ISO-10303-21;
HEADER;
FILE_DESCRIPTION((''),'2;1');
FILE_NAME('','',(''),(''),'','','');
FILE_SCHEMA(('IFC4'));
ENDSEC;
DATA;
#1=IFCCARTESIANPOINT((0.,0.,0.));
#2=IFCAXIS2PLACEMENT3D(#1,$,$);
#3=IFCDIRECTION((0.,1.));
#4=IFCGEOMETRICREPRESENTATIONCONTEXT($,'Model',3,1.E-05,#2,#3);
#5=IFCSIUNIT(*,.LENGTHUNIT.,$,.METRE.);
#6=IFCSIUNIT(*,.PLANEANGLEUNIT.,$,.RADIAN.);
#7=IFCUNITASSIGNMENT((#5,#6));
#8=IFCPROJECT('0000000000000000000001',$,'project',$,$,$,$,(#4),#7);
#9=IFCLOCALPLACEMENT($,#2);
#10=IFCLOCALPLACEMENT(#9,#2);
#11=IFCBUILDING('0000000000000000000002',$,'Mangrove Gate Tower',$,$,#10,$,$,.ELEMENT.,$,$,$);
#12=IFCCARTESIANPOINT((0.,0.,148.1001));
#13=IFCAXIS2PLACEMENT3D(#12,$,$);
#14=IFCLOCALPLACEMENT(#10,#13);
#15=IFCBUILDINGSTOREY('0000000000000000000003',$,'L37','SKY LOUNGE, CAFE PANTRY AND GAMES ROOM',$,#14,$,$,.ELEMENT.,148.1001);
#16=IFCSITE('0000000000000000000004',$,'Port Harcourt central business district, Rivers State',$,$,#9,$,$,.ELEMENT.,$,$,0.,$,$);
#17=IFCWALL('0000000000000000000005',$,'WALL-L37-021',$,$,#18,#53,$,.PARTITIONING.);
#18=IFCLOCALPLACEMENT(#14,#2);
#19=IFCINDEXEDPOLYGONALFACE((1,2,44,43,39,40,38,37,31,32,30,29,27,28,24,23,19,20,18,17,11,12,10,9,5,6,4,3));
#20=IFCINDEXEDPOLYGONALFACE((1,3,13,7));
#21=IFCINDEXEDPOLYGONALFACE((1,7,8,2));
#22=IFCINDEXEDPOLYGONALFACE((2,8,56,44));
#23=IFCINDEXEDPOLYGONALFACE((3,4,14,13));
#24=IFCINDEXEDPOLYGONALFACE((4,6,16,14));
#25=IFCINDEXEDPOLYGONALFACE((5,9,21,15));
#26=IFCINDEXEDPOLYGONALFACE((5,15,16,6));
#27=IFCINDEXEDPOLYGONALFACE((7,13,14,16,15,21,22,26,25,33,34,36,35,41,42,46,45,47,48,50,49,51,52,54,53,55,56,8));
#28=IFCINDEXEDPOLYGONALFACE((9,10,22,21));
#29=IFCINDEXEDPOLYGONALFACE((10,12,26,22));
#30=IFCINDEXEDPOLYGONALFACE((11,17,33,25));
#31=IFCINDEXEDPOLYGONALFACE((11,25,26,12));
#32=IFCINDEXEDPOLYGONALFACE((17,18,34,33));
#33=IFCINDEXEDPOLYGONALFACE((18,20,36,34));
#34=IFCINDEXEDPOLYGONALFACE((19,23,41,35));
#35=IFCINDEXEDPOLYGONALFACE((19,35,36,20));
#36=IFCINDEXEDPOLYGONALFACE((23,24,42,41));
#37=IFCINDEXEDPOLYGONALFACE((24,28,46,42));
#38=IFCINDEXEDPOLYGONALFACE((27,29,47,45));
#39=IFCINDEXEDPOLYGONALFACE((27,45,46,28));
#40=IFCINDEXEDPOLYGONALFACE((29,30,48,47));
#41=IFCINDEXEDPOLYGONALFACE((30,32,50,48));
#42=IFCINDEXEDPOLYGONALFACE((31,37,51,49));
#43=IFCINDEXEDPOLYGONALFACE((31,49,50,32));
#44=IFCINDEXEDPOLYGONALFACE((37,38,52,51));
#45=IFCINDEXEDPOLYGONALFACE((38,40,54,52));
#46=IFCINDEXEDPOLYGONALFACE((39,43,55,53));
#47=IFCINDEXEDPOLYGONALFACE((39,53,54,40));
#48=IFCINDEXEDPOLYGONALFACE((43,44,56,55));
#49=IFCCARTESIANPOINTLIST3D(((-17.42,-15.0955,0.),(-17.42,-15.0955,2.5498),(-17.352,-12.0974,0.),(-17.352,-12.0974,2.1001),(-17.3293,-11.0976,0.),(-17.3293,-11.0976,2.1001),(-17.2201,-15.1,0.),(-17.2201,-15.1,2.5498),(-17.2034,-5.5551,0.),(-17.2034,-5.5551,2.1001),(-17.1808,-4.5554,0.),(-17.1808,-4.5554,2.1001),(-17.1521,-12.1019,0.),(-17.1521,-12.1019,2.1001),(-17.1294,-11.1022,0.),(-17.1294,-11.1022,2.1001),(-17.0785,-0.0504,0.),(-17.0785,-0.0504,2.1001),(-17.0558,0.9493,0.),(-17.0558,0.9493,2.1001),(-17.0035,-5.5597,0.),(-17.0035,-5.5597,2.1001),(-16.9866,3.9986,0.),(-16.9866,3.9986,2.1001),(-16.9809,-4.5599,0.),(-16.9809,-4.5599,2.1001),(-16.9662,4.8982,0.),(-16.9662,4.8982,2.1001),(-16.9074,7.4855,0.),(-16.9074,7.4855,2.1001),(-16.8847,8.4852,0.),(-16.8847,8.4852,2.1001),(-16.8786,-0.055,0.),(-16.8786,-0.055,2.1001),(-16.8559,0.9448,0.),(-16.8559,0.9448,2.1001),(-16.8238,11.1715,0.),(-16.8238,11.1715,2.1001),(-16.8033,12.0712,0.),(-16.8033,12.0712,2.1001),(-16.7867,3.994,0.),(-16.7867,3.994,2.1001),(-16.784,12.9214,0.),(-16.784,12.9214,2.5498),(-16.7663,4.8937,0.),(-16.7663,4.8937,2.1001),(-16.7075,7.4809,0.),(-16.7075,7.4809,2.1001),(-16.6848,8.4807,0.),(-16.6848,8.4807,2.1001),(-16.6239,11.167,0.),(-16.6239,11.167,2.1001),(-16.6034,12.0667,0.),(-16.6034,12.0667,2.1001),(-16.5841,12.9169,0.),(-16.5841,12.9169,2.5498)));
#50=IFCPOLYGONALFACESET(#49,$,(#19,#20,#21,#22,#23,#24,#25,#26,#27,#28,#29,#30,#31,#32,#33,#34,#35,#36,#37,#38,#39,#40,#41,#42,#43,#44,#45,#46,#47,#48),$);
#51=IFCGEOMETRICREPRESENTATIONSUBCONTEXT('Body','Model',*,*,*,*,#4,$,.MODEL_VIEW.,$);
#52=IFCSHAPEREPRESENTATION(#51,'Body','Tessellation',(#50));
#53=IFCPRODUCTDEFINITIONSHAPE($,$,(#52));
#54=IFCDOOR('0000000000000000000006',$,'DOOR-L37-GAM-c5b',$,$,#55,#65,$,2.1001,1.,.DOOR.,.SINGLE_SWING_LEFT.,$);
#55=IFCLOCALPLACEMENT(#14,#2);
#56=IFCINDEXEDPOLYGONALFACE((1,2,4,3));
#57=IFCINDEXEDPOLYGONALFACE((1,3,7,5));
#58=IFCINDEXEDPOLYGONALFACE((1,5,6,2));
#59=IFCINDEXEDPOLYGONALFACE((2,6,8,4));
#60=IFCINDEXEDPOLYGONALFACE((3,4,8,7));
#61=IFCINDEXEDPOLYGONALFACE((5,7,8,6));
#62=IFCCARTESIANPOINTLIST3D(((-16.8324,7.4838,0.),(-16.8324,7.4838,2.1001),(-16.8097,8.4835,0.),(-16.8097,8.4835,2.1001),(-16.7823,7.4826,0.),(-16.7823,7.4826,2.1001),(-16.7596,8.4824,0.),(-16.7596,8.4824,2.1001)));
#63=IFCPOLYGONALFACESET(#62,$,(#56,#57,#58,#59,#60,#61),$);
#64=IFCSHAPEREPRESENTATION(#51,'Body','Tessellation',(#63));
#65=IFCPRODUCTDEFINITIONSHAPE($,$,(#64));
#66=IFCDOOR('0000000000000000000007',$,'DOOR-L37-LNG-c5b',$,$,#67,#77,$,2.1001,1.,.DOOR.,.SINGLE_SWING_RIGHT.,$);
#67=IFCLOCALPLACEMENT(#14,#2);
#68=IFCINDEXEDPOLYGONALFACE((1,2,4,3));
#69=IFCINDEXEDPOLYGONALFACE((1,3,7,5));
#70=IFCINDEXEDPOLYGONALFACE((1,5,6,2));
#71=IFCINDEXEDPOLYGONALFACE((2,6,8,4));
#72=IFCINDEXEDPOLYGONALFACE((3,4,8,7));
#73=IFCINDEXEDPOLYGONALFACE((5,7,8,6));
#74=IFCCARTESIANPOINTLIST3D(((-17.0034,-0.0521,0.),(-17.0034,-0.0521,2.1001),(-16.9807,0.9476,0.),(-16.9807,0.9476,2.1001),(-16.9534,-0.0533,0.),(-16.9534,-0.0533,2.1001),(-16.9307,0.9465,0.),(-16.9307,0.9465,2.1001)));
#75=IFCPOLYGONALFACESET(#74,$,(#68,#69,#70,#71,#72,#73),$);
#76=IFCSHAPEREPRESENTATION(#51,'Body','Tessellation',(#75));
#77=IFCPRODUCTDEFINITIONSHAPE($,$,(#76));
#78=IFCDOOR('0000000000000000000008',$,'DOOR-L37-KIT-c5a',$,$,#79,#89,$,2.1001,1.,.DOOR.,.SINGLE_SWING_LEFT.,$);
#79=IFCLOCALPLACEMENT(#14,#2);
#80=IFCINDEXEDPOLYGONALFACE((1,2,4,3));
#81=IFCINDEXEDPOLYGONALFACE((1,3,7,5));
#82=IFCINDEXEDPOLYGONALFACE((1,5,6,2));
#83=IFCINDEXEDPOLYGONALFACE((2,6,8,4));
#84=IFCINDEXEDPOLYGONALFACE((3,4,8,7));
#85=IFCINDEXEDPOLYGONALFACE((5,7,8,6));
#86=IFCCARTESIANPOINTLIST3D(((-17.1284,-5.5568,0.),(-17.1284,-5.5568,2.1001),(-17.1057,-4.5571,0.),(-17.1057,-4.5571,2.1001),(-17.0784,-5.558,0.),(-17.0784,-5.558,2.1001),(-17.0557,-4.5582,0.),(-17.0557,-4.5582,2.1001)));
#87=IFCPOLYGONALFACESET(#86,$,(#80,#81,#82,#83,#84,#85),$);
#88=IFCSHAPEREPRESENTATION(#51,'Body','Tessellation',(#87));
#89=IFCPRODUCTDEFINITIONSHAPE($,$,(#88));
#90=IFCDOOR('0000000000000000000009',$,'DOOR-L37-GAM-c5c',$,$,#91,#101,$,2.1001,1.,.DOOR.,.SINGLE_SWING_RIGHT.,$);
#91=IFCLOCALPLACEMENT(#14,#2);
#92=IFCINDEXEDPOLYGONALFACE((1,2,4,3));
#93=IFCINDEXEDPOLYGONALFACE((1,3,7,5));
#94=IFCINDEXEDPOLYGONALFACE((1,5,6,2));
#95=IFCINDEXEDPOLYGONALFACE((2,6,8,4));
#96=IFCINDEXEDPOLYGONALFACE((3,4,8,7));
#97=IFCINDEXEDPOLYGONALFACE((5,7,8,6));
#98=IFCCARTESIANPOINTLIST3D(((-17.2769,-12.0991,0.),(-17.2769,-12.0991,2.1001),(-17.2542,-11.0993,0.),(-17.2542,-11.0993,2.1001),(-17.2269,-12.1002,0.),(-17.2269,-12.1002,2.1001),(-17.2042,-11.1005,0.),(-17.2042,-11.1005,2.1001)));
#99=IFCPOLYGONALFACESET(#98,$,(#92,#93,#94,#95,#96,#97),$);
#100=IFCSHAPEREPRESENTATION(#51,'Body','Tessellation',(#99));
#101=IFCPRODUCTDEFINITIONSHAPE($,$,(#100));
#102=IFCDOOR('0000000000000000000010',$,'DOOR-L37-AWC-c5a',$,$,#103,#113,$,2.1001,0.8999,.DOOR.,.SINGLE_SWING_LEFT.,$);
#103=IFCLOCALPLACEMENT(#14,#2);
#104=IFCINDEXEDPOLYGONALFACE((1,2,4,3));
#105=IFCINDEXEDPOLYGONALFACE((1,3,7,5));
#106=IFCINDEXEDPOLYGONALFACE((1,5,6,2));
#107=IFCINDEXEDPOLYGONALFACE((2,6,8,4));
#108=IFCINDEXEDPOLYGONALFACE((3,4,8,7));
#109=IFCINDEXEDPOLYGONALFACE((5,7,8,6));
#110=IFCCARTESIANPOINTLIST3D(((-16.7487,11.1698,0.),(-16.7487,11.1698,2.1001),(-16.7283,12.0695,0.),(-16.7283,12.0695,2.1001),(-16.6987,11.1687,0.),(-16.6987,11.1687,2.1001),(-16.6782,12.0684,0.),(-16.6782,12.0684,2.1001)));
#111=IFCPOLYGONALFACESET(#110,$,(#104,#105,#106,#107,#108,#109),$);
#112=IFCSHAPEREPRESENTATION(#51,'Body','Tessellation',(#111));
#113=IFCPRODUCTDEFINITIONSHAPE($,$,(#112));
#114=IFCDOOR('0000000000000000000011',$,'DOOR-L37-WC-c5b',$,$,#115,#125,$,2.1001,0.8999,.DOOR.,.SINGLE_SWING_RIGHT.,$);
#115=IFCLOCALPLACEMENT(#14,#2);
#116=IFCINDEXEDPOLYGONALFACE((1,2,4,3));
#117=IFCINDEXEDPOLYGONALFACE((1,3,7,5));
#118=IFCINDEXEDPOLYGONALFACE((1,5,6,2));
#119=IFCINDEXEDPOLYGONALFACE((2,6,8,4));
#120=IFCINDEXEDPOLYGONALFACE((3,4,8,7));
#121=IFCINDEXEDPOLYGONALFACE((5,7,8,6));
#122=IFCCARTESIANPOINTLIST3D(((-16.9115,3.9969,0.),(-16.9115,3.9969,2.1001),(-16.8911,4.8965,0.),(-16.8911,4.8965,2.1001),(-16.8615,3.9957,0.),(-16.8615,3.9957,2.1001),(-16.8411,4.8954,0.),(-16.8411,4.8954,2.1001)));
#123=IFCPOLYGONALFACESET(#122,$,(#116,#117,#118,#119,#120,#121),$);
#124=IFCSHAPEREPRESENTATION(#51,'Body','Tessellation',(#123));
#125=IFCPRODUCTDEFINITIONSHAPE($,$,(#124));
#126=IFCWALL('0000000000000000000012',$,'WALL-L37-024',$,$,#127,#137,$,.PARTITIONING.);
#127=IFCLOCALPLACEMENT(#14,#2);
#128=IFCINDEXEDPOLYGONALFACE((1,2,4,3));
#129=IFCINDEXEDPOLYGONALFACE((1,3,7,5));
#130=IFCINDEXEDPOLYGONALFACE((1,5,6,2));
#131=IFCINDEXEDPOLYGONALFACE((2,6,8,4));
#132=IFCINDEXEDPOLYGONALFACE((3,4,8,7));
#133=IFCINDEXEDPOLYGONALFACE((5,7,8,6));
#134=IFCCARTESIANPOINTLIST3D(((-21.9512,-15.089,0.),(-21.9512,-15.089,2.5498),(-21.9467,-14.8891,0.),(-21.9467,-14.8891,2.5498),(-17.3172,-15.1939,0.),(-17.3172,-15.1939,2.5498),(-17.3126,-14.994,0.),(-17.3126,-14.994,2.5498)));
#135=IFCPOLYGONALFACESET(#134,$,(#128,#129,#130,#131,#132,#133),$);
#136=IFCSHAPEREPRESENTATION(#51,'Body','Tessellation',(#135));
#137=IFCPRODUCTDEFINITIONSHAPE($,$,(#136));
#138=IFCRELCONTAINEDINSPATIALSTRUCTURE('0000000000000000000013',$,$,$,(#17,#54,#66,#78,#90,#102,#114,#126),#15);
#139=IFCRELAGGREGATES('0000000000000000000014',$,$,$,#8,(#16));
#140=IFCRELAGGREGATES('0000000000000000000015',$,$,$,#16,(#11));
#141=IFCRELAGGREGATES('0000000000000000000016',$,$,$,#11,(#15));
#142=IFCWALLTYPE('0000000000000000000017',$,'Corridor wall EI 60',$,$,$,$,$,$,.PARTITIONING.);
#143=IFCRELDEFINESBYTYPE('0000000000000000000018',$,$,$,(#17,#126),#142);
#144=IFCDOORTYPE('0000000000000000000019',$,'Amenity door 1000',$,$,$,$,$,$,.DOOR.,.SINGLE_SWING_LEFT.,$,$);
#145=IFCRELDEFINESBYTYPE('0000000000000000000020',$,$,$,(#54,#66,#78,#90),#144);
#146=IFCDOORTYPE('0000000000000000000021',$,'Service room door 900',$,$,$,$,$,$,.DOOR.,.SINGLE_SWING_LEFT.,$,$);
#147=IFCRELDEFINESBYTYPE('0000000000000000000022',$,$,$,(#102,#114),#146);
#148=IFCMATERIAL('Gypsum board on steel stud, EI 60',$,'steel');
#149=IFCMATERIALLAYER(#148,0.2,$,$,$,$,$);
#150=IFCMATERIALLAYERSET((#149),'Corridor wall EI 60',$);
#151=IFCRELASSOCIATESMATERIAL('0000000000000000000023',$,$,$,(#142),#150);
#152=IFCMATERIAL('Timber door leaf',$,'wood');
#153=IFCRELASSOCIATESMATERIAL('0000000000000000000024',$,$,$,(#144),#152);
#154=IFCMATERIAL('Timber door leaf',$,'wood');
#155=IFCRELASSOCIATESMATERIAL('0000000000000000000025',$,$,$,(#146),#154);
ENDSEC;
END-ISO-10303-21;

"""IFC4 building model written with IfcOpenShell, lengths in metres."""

from ifc_helpers import new_model, si_unit, direction, frame, frame_2d, origin, place, context, subcontext, project, spatial, rectangle, extrude, material, layer, layer_set, type_object, element, fill, save


model = new_model("IFC4")

# Units and contexts
model_context = context("Model", 3, precision=1e-05, world=origin(), true_north=direction((0.0, 1.0)))
body_context = subcontext(model_context, "Body", "Model", "MODEL_VIEW")
ifc_project = project(units=[si_unit("LENGTHUNIT", "METRE"), si_unit("PLANEANGLEUNIT", "RADIAN")], contexts=[model_context])

# Site, building, storey
site_placement = place(None, origin())
site = spatial("IfcSite", under=ifc_project, at=site_placement, Name="Port Harcourt central business district, Rivers State", CompositionType="ELEMENT", RefElevation=0.0)
building_placement = place(site_placement, origin())
building = spatial("IfcBuilding", under=site, at=building_placement, Name="Mangrove Gate Tower", CompositionType="ELEMENT")
storey_placement = place(building_placement, frame((0.0, 0.0, 148.1001)))
storey = spatial("IfcBuildingStorey", under=building, at=storey_placement, Name="L37", Description="SKY LOUNGE, CAFE PANTRY AND GAMES ROOM", CompositionType="ELEMENT", Elevation=148.1001)

# Shared definitions
ifc_material_1 = material(Name="Gypsum board on steel stud, EI 60", Category="steel")
ifc_layer_1 = layer(ifc_material_1, 0.2)
ifc_layer_set_1 = layer_set([ifc_layer_1], Name="Corridor wall EI 60")
wall_type_1 = type_object("IfcWallType", Name="Corridor wall EI 60", PredefinedType="PARTITIONING", material=ifc_layer_set_1)

# Shared definitions
ifc_material_2 = material(Name="Timber door leaf", Category="wood")
door_type_1 = type_object("IfcDoorType", Name="Amenity door 1000", OperationType="SINGLE_SWING_LEFT", PredefinedType="DOOR", material=ifc_material_2)

# Wall, openings, doors
wall_1_placement = place(storey_placement, frame((-17.3201, -15.0979, 0.0), z_axis=(0.0, 0.0, 1.0), x_axis=(0.022694, 0.999742, 0.0)))
wall_1 = element("IfcWall", 1, at=wall_1_placement, inside=storey, type_object=wall_type_1, Name="WALL-L37-021", PredefinedType="PARTITIONING", context=body_context, shape_type="SweptSolid", body=[
    extrude(rectangle(XDim=28.0242, YDim=0.2, at=frame_2d((14.0122, 0.0))), origin(), (0.0, 0.0, 1.0), 2.5498),
])
opening_1_placement = place(wall_1_placement, frame((22.5869, 0.0, 0.0)))
opening_1 = element("IfcOpeningElement", 2, at=opening_1_placement, cuts=wall_1, PredefinedType="OPENING", context=body_context, shape_type="SweptSolid", body=[
    extrude(rectangle(XDim=1.0, YDim=2.1001, at=frame_2d((0.5, 1.05))), frame((0.0, 0.1099, 0.0), z_axis=(0.0, -1.0, 0.0), x_axis=(1.0, 0.0, 0.0)), (0.0, 0.0, 1.0), 0.22),
])
opening_2_placement = place(wall_1_placement, frame((26.2739, 0.0, 0.0)))
opening_2 = element("IfcOpeningElement", 3, at=opening_2_placement, cuts=wall_1, PredefinedType="OPENING", context=body_context, shape_type="SweptSolid", body=[
    extrude(rectangle(XDim=0.8999, YDim=2.1001, at=frame_2d((0.45, 1.05))), frame((0.0, 0.1099, 0.0), z_axis=(0.0, -1.0, 0.0), x_axis=(1.0, 0.0, 0.0)), (0.0, 0.0, 1.0), 0.22),
])
opening_3_placement = place(wall_1_placement, frame((15.0491, 0.0, 0.0)))
opening_3 = element("IfcOpeningElement", 4, at=opening_3_placement, cuts=wall_1, PredefinedType="OPENING", context=body_context, shape_type="SweptSolid", body=[
    extrude(rectangle(XDim=1.0, YDim=2.1001, at=frame_2d((0.5, 1.05))), frame((0.0, 0.1099, 0.0), z_axis=(0.0, -1.0, 0.0), x_axis=(1.0, 0.0, 0.0)), (0.0, 0.0, 1.0), 0.22),
])
opening_4_placement = place(wall_1_placement, frame((19.0991, 0.0, 0.0)))
opening_4 = element("IfcOpeningElement", 5, at=opening_4_placement, cuts=wall_1, PredefinedType="OPENING", context=body_context, shape_type="SweptSolid", body=[
    extrude(rectangle(XDim=0.8999, YDim=2.1001, at=frame_2d((0.45, 1.05))), frame((0.0, 0.1099, 0.0), z_axis=(0.0, -1.0, 0.0), x_axis=(1.0, 0.0, 0.0)), (0.0, 0.0, 1.0), 0.22),
])
opening_5_placement = place(wall_1_placement, frame((9.543, 0.0, 0.0)))
opening_5 = element("IfcOpeningElement", 6, at=opening_5_placement, cuts=wall_1, PredefinedType="OPENING", context=body_context, shape_type="SweptSolid", body=[
    extrude(rectangle(XDim=1.0, YDim=2.1001, at=frame_2d((0.5, 1.05))), frame((0.0, 0.1099, 0.0), z_axis=(0.0, -1.0, 0.0), x_axis=(1.0, 0.0, 0.0)), (0.0, 0.0, 1.0), 0.22),
])
opening_6_placement = place(wall_1_placement, frame((2.999, 0.0, 0.0)))
opening_6 = element("IfcOpeningElement", 7, at=opening_6_placement, cuts=wall_1, PredefinedType="OPENING", context=body_context, shape_type="SweptSolid", body=[
    extrude(rectangle(XDim=1.0, YDim=2.1001, at=frame_2d((0.5, 1.05))), frame((0.0, 0.1099, 0.0), z_axis=(0.0, -1.0, 0.0), x_axis=(1.0, 0.0, 0.0)), (0.0, 0.0, 1.0), 0.22),
])
door_1_placement = place(opening_1_placement, origin())
door_1 = element("IfcDoor", 8, at=door_1_placement, inside=storey, type_object=door_type_1, Name="DOOR-L37-GAM-c5b", OperationType="SINGLE_SWING_LEFT", OverallHeight=2.1001, OverallWidth=1.0, PredefinedType="DOOR", context=body_context, shape_type="SweptSolid", body=[
    extrude(rectangle(XDim=1.0, YDim=2.1001, at=frame_2d((0.5, 1.05))), frame((0.0, 0.0249, 0.0), z_axis=(0.0, -1.0, 0.0), x_axis=(1.0, 0.0, 0.0)), (0.0, 0.0, 1.0), 0.05),
])
fill(opening_1, door_1)
door_2_placement = place(opening_3_placement, origin())
door_2 = element("IfcDoor", 9, at=door_2_placement, inside=storey, type_object=door_type_1, Name="DOOR-L37-LNG-c5b", OperationType="SINGLE_SWING_RIGHT", OverallHeight=2.1001, OverallWidth=1.0, PredefinedType="DOOR", context=body_context, shape_type="SweptSolid", body=[
    extrude(rectangle(XDim=1.0, YDim=2.1001, at=frame_2d((0.5, 1.05))), frame((0.0, 0.0249, 0.0), z_axis=(0.0, -1.0, 0.0), x_axis=(1.0, 0.0, 0.0)), (0.0, 0.0, 1.0), 0.05),
])
fill(opening_3, door_2)
door_3_placement = place(opening_5_placement, origin())
door_3 = element("IfcDoor", 10, at=door_3_placement, inside=storey, type_object=door_type_1, Name="DOOR-L37-KIT-c5a", OperationType="SINGLE_SWING_LEFT", OverallHeight=2.1001, OverallWidth=1.0, PredefinedType="DOOR", context=body_context, shape_type="SweptSolid", body=[
    extrude(rectangle(XDim=1.0, YDim=2.1001, at=frame_2d((0.5, 1.05))), frame((0.0, 0.0249, 0.0), z_axis=(0.0, -1.0, 0.0), x_axis=(1.0, 0.0, 0.0)), (0.0, 0.0, 1.0), 0.05),
])
fill(opening_5, door_3)
door_4_placement = place(opening_6_placement, origin())
door_4 = element("IfcDoor", 11, at=door_4_placement, inside=storey, type_object=door_type_1, Name="DOOR-L37-GAM-c5c", OperationType="SINGLE_SWING_RIGHT", OverallHeight=2.1001, OverallWidth=1.0, PredefinedType="DOOR", context=body_context, shape_type="SweptSolid", body=[
    extrude(rectangle(XDim=1.0, YDim=2.1001, at=frame_2d((0.5, 1.05))), frame((0.0, 0.0249, 0.0), z_axis=(0.0, -1.0, 0.0), x_axis=(1.0, 0.0, 0.0)), (0.0, 0.0, 1.0), 0.05),
])
fill(opening_6, door_4)
ifc_material_3 = material(Name="Timber door leaf", Category="wood")
door_type_2 = type_object("IfcDoorType", Name="Service room door 900", OperationType="SINGLE_SWING_LEFT", PredefinedType="DOOR", material=ifc_material_3)
door_5_placement = place(opening_2_placement, origin())
door_5 = element("IfcDoor", 12, at=door_5_placement, inside=storey, type_object=door_type_2, Name="DOOR-L37-AWC-c5a", OperationType="SINGLE_SWING_LEFT", OverallHeight=2.1001, OverallWidth=0.8999, PredefinedType="DOOR", context=body_context, shape_type="SweptSolid", body=[
    extrude(rectangle(XDim=0.8999, YDim=2.1001, at=frame_2d((0.45, 1.05))), frame((0.0, 0.0249, 0.0), z_axis=(0.0, -1.0, 0.0), x_axis=(1.0, 0.0, 0.0)), (0.0, 0.0, 1.0), 0.05),
])
fill(opening_2, door_5)
door_6_placement = place(opening_4_placement, origin())
door_6 = element("IfcDoor", 13, at=door_6_placement, inside=storey, type_object=door_type_2, Name="DOOR-L37-WC-c5b", OperationType="SINGLE_SWING_RIGHT", OverallHeight=2.1001, OverallWidth=0.8999, PredefinedType="DOOR", context=body_context, shape_type="SweptSolid", body=[
    extrude(rectangle(XDim=0.8999, YDim=2.1001, at=frame_2d((0.45, 1.05))), frame((0.0, 0.0249, 0.0), z_axis=(0.0, -1.0, 0.0), x_axis=(1.0, 0.0, 0.0)), (0.0, 0.0, 1.0), 0.05),
])
fill(opening_4, door_6)

# Wall
wall_2_placement = place(storey_placement, frame((-21.949, -14.989, 0.0), z_axis=(0.0, 0.0, 1.0), x_axis=(0.999743, -0.022648, 0.0)))
element("IfcWall", 14, at=wall_2_placement, inside=storey, type_object=wall_type_1, Name="WALL-L37-024", PredefinedType="PARTITIONING", context=body_context, shape_type="SweptSolid", body=[
    extrude(rectangle(XDim=4.6353, YDim=0.2, at=frame_2d((2.3176, 0.0))), origin(), (0.0, 0.0, 1.0), 2.5498),
])

save(model, "model.ifc")
